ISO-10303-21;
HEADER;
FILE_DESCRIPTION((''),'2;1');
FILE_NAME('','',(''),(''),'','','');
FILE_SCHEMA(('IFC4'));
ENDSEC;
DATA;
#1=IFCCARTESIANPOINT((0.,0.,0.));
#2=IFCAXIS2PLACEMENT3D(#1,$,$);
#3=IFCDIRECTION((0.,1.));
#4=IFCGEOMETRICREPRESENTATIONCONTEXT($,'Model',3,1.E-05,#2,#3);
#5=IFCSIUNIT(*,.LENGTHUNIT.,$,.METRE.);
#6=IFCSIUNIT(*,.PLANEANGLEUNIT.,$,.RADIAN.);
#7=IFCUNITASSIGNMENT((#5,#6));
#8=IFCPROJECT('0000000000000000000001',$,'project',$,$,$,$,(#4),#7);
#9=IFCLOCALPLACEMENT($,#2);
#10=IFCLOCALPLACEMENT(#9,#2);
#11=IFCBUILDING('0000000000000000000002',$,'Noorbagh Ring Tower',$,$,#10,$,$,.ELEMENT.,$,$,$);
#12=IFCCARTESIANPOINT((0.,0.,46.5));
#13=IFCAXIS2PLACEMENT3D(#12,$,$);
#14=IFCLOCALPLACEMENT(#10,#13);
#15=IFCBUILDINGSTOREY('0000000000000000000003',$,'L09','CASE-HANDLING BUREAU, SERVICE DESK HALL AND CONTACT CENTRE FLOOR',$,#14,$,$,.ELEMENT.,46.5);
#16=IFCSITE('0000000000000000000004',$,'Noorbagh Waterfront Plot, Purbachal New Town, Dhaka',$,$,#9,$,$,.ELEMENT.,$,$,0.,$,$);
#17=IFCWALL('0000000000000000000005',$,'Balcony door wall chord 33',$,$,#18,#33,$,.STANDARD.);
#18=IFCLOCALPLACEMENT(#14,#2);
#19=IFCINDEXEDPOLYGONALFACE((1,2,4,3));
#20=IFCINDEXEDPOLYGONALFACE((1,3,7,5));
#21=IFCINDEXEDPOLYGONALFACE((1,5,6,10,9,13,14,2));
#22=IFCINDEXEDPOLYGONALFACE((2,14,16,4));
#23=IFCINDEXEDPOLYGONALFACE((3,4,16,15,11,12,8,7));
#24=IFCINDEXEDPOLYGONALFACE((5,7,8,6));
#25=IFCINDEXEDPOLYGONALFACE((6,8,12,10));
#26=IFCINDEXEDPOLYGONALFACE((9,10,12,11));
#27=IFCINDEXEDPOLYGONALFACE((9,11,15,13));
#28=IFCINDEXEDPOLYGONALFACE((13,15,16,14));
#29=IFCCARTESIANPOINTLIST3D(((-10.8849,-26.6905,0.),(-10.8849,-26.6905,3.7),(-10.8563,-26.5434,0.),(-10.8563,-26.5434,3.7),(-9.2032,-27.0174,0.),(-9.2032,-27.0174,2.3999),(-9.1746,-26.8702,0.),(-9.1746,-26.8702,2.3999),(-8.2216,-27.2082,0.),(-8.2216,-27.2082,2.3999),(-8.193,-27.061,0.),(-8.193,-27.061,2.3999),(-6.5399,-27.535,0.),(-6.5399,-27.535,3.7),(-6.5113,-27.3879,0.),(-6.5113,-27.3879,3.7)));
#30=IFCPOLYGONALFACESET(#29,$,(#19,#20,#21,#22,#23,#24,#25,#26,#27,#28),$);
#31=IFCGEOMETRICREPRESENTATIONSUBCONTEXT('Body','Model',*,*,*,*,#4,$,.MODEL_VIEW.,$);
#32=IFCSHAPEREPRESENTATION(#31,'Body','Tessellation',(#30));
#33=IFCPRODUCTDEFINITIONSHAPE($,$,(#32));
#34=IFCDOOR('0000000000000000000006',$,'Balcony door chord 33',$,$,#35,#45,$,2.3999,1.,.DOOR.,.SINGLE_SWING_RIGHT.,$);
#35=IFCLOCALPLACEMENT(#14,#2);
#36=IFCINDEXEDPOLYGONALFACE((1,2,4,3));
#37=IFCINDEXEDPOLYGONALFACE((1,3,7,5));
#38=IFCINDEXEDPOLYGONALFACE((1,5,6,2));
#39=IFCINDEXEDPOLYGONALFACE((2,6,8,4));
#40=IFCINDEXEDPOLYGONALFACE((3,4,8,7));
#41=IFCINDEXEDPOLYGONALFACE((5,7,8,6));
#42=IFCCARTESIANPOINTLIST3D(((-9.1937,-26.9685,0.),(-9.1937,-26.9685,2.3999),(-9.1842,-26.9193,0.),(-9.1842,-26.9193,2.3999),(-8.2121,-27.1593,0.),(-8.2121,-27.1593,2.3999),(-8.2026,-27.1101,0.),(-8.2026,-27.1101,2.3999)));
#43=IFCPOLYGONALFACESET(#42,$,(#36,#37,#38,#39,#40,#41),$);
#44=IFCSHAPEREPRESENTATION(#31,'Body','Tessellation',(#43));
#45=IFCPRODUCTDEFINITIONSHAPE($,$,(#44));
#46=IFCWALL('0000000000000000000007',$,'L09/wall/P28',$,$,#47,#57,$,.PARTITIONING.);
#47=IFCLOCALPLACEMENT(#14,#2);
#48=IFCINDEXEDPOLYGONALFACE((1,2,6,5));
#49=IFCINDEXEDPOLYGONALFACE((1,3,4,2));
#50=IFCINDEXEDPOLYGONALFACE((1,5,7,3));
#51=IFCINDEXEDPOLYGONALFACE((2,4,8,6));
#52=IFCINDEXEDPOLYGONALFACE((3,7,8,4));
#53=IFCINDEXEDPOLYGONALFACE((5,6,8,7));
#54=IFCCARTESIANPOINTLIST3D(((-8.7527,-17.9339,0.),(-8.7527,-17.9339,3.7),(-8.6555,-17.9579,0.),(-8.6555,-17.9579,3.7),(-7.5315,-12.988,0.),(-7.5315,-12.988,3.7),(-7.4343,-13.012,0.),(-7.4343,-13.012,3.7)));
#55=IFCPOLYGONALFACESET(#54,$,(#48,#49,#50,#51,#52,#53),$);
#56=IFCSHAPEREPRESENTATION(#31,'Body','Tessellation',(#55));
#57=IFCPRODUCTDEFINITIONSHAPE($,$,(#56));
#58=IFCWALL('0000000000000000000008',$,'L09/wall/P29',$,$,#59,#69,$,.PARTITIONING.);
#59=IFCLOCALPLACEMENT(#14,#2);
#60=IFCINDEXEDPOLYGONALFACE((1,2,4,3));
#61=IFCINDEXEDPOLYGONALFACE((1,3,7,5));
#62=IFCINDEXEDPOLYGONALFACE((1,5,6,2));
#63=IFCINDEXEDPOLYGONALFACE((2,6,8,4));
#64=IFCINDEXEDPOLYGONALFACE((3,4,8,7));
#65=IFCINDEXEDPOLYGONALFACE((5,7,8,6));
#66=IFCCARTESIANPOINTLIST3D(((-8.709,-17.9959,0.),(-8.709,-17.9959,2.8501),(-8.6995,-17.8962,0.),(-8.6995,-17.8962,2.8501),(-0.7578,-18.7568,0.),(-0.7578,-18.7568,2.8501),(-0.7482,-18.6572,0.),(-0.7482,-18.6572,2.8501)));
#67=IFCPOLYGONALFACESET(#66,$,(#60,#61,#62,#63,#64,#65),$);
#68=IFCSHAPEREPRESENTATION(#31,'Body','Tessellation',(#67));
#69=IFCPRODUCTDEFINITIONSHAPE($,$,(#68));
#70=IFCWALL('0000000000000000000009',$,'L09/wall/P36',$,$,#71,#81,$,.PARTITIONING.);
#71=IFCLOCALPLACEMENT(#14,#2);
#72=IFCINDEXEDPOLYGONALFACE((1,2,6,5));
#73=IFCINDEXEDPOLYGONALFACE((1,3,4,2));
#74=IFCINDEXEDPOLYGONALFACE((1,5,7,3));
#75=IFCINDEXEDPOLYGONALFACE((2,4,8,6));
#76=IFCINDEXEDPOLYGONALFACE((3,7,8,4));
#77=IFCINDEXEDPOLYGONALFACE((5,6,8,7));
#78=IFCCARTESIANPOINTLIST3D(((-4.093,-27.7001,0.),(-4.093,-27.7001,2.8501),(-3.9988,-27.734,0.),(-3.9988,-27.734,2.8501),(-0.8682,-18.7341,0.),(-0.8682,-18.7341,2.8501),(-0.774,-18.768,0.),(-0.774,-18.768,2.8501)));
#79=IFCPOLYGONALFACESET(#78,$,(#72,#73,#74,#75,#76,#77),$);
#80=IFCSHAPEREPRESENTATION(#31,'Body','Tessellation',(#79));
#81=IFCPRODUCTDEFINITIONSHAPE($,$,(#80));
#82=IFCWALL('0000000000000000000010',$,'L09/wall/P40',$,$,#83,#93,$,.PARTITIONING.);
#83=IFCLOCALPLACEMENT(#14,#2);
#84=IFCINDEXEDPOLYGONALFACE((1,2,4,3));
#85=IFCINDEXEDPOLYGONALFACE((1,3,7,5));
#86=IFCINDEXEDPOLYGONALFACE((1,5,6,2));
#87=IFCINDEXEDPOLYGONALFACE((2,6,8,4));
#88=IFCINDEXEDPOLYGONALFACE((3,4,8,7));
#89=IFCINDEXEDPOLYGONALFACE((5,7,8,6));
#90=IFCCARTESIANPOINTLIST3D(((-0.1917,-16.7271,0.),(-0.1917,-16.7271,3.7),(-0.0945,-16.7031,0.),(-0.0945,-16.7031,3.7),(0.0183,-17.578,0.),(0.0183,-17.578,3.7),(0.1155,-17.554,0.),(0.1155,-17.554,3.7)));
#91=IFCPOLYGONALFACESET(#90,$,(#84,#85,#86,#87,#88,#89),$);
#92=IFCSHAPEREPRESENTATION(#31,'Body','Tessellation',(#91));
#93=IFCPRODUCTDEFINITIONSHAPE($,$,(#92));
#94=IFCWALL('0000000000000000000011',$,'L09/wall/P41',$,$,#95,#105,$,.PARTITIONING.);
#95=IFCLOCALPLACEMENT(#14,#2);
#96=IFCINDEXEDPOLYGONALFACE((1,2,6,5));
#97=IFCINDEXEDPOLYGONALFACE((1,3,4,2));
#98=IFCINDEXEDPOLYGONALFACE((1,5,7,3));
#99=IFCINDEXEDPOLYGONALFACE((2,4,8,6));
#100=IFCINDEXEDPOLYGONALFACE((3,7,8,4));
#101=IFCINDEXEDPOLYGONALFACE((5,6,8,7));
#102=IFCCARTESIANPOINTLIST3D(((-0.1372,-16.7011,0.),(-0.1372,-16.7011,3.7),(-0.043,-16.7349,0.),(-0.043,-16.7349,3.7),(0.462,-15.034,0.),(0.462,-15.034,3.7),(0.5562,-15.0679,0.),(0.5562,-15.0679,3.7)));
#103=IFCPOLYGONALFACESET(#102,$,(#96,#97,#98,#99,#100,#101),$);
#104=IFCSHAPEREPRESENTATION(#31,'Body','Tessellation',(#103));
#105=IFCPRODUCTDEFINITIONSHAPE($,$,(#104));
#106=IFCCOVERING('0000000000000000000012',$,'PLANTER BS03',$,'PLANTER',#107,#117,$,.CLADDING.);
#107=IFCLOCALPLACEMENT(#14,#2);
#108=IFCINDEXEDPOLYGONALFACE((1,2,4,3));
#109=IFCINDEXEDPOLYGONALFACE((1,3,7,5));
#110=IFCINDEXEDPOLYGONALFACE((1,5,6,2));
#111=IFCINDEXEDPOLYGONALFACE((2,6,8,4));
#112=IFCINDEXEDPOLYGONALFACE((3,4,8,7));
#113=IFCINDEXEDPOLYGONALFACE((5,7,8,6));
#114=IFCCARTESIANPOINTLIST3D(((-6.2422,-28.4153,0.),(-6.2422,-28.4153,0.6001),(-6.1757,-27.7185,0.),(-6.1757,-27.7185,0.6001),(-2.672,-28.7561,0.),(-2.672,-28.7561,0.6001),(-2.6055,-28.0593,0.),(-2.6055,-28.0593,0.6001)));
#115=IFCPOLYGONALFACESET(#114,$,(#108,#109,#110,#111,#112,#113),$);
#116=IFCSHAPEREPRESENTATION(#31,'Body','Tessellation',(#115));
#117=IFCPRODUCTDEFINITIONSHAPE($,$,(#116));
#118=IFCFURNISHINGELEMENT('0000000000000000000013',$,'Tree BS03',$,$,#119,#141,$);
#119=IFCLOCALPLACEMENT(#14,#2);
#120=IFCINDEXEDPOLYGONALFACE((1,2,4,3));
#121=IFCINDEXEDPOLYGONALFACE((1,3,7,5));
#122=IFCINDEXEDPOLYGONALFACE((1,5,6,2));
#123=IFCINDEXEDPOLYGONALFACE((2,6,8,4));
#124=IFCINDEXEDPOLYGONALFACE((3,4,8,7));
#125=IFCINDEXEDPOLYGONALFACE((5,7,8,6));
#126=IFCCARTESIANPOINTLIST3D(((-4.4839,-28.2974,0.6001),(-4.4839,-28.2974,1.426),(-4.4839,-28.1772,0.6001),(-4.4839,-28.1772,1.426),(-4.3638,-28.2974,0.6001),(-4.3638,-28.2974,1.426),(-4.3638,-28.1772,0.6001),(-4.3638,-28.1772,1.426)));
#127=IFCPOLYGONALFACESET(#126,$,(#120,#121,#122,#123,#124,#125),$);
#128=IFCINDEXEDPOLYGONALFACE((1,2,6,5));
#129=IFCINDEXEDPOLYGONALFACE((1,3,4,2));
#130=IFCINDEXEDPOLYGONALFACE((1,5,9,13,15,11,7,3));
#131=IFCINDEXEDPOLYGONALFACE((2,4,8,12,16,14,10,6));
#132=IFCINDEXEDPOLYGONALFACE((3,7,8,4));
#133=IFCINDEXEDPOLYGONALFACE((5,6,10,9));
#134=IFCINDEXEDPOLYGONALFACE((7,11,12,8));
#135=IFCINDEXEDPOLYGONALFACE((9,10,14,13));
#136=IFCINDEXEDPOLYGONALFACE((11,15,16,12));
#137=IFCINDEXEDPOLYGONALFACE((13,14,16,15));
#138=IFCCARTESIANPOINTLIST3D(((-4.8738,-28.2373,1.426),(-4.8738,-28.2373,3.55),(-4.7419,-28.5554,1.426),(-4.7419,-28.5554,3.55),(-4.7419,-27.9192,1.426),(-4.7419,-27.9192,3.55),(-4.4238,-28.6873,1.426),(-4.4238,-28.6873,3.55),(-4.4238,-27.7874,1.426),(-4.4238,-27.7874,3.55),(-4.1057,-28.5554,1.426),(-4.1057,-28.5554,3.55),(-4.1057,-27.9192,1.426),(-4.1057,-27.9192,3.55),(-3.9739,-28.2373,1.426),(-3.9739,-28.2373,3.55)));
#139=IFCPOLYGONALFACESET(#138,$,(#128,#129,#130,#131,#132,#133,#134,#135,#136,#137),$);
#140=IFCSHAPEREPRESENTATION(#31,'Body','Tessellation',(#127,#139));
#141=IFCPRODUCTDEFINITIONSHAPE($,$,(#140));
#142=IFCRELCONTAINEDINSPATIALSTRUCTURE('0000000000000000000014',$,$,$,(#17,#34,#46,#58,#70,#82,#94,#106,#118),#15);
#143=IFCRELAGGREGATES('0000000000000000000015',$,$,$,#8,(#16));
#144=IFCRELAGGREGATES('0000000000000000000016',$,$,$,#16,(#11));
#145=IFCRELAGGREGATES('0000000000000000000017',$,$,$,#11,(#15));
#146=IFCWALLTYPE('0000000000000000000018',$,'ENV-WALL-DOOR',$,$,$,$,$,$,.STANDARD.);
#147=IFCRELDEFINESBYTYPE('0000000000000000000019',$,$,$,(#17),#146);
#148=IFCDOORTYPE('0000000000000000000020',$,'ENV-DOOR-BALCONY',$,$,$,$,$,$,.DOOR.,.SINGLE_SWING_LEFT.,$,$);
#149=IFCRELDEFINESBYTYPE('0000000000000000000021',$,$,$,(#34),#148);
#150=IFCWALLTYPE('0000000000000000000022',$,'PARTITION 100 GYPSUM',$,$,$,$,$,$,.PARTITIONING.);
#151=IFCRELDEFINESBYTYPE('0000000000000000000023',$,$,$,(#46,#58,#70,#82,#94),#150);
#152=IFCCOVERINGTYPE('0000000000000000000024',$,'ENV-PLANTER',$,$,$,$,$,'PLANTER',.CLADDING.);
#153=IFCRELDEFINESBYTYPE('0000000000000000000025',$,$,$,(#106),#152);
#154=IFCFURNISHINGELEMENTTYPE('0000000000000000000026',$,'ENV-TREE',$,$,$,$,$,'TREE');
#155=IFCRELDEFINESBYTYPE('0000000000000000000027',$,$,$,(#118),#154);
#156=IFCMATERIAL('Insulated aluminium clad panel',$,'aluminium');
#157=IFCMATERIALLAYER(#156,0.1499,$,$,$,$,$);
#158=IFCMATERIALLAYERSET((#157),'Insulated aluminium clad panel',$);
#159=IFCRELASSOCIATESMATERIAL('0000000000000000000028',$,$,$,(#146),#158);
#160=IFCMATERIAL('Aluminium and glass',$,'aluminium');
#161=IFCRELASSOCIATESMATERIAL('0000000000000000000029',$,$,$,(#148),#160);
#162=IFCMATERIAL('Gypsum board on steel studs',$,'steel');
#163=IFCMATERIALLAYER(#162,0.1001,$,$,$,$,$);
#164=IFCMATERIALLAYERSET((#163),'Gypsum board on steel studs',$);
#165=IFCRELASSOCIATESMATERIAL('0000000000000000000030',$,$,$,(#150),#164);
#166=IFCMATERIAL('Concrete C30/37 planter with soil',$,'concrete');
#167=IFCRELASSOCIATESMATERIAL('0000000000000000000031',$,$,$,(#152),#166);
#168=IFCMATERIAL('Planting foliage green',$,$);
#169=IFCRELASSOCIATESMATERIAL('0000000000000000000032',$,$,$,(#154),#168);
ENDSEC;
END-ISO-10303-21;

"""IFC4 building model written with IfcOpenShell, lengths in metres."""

from ifc_helpers import new_model, si_unit, direction, frame, frame_2d, origin, origin_2d, place, context, subcontext, project, spatial, polyline, rectangle, outline, extrude, material, layer, layer_set, type_object, element, fill, save


model = new_model("IFC4")

# Units and contexts
model_context = context("Model", 3, precision=1e-05, world=origin(), true_north=direction((0.0, 1.0)))
body_context = subcontext(model_context, "Body", "Model", "MODEL_VIEW")
ifc_project = project(units=[si_unit("LENGTHUNIT", "METRE"), si_unit("PLANEANGLEUNIT", "RADIAN")], contexts=[model_context])

# Site, building, storey
site_placement = place(None, origin())
site = spatial("IfcSite", under=ifc_project, at=site_placement, Name="Noorbagh Waterfront Plot, Purbachal New Town, Dhaka", CompositionType="ELEMENT", RefElevation=0.0)
building_placement = place(site_placement, origin())
building = spatial("IfcBuilding", under=site, at=building_placement, Name="Noorbagh Ring Tower", CompositionType="ELEMENT")
storey_placement = place(building_placement, frame((0.0, 0.0, 46.5)))
storey = spatial("IfcBuildingStorey", under=building, at=storey_placement, Name="L09", Description="CASE-HANDLING BUREAU, SERVICE DESK HALL AND CONTACT CENTRE FLOOR", CompositionType="ELEMENT", Elevation=46.5)

# Wall, opening, door
ifc_material_1 = material(Name="Insulated aluminium clad panel", Category="aluminium")
ifc_layer_1 = layer(ifc_material_1, 0.1499)
ifc_layer_set_1 = layer_set([ifc_layer_1], Name="Insulated aluminium clad panel")
wall_type_1 = type_object("IfcWallType", Name="ENV-WALL-DOOR", PredefinedType="STANDARD", material=ifc_layer_set_1)
wall_1_placement = place(storey_placement, frame((-10.8706, -26.6169, 0.0), z_axis=(0.0, 0.0, 1.0), x_axis=(0.981631, -0.190788, 0.0)))
wall_1 = element("IfcWall", 1, at=wall_1_placement, inside=storey, type_object=wall_type_1, Name="Balcony door wall chord 33", PredefinedType="STANDARD", context=body_context, shape_type="SweptSolid", body=[
    extrude(rectangle(XDim=4.4263, YDim=0.1499, at=frame_2d((2.2131, 0.0))), origin(), (0.0, 0.0, 1.0), 3.7),
])
opening_placement = place(wall_1_placement, frame((1.7131, 0.0, 0.0)))
opening = element("IfcOpeningElement", 2, at=opening_placement, cuts=wall_1, PredefinedType="OPENING", context=body_context, shape_type="SweptSolid", body=[
    extrude(rectangle(XDim=1.0, YDim=2.3999, at=frame_2d((0.5, 1.2))), frame((0.0, 0.085, 0.0), z_axis=(0.0, -1.0, 0.0), x_axis=(1.0, 0.0, 0.0)), (0.0, 0.0, 1.0), 0.1699),
])
ifc_material_2 = material(Name="Aluminium and glass", Category="aluminium")
door_type = type_object("IfcDoorType", Name="ENV-DOOR-BALCONY", OperationType="SINGLE_SWING_LEFT", PredefinedType="DOOR", material=ifc_material_2)
door_placement = place(opening_placement, origin())
door = element("IfcDoor", 3, at=door_placement, inside=storey, type_object=door_type, Name="Balcony door chord 33", OperationType="SINGLE_SWING_RIGHT", OverallHeight=2.3999, OverallWidth=1.0, PredefinedType="DOOR", context=body_context, shape_type="SweptSolid", body=[
    extrude(rectangle(XDim=1.0, YDim=2.3999, at=frame_2d((0.5, 1.2))), frame((0.0, 0.0249, 0.0), z_axis=(0.0, -1.0, 0.0), x_axis=(1.0, 0.0, 0.0)), (0.0, 0.0, 1.0), 0.05),
])
fill(opening, door)

# Walls
ifc_material_3 = material(Name="Gypsum board on steel studs", Category="steel")
ifc_layer_2 = layer(ifc_material_3, 0.1001)
ifc_layer_set_2 = layer_set([ifc_layer_2], Name="Gypsum board on steel studs")
wall_type_2 = type_object("IfcWallType", Name="PARTITION 100 GYPSUM", PredefinedType="PARTITIONING", material=ifc_layer_set_2)
wall_2_placement = place(storey_placement, frame((-8.7041, -17.946, 0.0), z_axis=(0.0, 0.0, 1.0), x_axis=(0.239704, 0.970846, 0.0)))
element("IfcWall", 4, at=wall_2_placement, inside=storey, type_object=wall_type_2, Name="L09/wall/P28", PredefinedType="PARTITIONING", context=body_context, shape_type="SweptSolid", body=[
    extrude(rectangle(XDim=5.0945, YDim=0.1001, at=frame_2d((2.5474, 0.0))), origin(), (0.0, 0.0, 1.0), 3.7),
])
wall_3_placement = place(storey_placement, frame((-8.7041, -17.946, 0.0), z_axis=(0.0, 0.0, 1.0), x_axis=(0.995451, -0.095272, 0.0)))
element("IfcWall", 5, at=wall_3_placement, inside=storey, type_object=wall_type_2, Name="L09/wall/P29", PredefinedType="PARTITIONING", context=body_context, shape_type="SweptSolid", body=[
    extrude(rectangle(XDim=7.9875, YDim=0.1001, at=frame_2d((3.9937, 0.0))), origin(), (0.0, 0.0, 1.0), 2.8501),
])
wall_4_placement = place(storey_placement, frame((-4.0459, -27.717, 0.0), z_axis=(0.0, 0.0, 1.0), x_axis=(0.338447, 0.940985, 0.0)))
element("IfcWall", 6, at=wall_4_placement, inside=storey, type_object=wall_type_2, Name="L09/wall/P36", PredefinedType="PARTITIONING", context=body_context, shape_type="SweptSolid", body=[
    extrude(rectangle(XDim=9.5283, YDim=0.1001, at=frame_2d((4.7642, 0.0))), origin(), (0.0, 0.0, 1.0), 2.8501),
])
wall_5_placement = place(storey_placement, frame((-0.1431, -16.7151, 0.0), z_axis=(0.0, 0.0, 1.0), x_axis=(0.239585, -0.970875, 0.0)))
element("IfcWall", 7, at=wall_5_placement, inside=storey, type_object=wall_type_2, Name="L09/wall/P40", PredefinedType="PARTITIONING", context=body_context, shape_type="SweptSolid", body=[
    extrude(rectangle(XDim=0.8765, YDim=0.1001, at=frame_2d((0.4382, 0.0))), origin(), (0.0, 0.0, 1.0), 3.7),
])
wall_6_placement = place(storey_placement, frame((-0.0901, -16.718, 0.0), z_axis=(0.0, 0.0, 1.0), x_axis=(0.338222, 0.941066, 0.0)))
element("IfcWall", 8, at=wall_6_placement, inside=storey, type_object=wall_type_2, Name="L09/wall/P41", PredefinedType="PARTITIONING", context=body_context, shape_type="SweptSolid", body=[
    extrude(rectangle(XDim=1.7715, YDim=0.1001, at=frame_2d((0.8857, 0.0))), origin(), (0.0, 0.0, 1.0), 3.7),
])

# Covering
ifc_material_4 = material(Name="Concrete C30/37 planter with soil", Category="concrete")
covering_type = type_object("IfcCoveringType", Name="ENV-PLANTER", ElementType="PLANTER", PredefinedType="CLADDING", material=ifc_material_4)
covering_placement = place(storey_placement, frame((-4.4238, -28.2373, 0.0), z_axis=(0.0, 0.0, 1.0), x_axis=(0.995476, -0.095008, 0.0)))
element("IfcCovering", 9, at=covering_placement, inside=storey, type_object=covering_type, Name="PLANTER BS03", ObjectType="PLANTER", PredefinedType="CLADDING", context=body_context, shape_type="SweptSolid", body=[
    extrude(rectangle(XDim=3.5864, YDim=0.7, at=origin_2d()), origin(), (0.0, 0.0, 1.0), 0.6001),
])

# Furnishing element
ifc_material_5 = material(Name="Planting foliage green")
furnishing_element_type = type_object("IfcFurnishingElementType", Name="ENV-TREE", ElementType="TREE", material=ifc_material_5)
furnishing_placement = place(storey_placement, frame((-4.4238, -28.2373, 0.6001), z_axis=(0.0, 0.0, 1.0), x_axis=(1.0, 0.0, 0.0)))
element("IfcFurnishingElement", 10, at=furnishing_placement, inside=storey, type_object=furnishing_element_type, Name="Tree BS03", context=body_context, shape_type="SweptSolid", body=[
    extrude(rectangle(XDim=0.1201, YDim=0.1201, at=origin_2d()), origin(), (0.0, 0.0, 1.0), 0.8259),
    extrude(outline(polyline([(0.45, 0.0), (0.3181, 0.3181), (0.0, 0.45), (-0.3181, 0.3181), (-0.45, 0.0), (-0.3181, -0.3181), (0.0, -0.45), (0.3181, -0.3181), (0.45, 0.0)])), frame((0.0, 0.0, 0.8259)), (0.0, 0.0, 1.0), 2.124),
])

save(model, "model.ifc")
